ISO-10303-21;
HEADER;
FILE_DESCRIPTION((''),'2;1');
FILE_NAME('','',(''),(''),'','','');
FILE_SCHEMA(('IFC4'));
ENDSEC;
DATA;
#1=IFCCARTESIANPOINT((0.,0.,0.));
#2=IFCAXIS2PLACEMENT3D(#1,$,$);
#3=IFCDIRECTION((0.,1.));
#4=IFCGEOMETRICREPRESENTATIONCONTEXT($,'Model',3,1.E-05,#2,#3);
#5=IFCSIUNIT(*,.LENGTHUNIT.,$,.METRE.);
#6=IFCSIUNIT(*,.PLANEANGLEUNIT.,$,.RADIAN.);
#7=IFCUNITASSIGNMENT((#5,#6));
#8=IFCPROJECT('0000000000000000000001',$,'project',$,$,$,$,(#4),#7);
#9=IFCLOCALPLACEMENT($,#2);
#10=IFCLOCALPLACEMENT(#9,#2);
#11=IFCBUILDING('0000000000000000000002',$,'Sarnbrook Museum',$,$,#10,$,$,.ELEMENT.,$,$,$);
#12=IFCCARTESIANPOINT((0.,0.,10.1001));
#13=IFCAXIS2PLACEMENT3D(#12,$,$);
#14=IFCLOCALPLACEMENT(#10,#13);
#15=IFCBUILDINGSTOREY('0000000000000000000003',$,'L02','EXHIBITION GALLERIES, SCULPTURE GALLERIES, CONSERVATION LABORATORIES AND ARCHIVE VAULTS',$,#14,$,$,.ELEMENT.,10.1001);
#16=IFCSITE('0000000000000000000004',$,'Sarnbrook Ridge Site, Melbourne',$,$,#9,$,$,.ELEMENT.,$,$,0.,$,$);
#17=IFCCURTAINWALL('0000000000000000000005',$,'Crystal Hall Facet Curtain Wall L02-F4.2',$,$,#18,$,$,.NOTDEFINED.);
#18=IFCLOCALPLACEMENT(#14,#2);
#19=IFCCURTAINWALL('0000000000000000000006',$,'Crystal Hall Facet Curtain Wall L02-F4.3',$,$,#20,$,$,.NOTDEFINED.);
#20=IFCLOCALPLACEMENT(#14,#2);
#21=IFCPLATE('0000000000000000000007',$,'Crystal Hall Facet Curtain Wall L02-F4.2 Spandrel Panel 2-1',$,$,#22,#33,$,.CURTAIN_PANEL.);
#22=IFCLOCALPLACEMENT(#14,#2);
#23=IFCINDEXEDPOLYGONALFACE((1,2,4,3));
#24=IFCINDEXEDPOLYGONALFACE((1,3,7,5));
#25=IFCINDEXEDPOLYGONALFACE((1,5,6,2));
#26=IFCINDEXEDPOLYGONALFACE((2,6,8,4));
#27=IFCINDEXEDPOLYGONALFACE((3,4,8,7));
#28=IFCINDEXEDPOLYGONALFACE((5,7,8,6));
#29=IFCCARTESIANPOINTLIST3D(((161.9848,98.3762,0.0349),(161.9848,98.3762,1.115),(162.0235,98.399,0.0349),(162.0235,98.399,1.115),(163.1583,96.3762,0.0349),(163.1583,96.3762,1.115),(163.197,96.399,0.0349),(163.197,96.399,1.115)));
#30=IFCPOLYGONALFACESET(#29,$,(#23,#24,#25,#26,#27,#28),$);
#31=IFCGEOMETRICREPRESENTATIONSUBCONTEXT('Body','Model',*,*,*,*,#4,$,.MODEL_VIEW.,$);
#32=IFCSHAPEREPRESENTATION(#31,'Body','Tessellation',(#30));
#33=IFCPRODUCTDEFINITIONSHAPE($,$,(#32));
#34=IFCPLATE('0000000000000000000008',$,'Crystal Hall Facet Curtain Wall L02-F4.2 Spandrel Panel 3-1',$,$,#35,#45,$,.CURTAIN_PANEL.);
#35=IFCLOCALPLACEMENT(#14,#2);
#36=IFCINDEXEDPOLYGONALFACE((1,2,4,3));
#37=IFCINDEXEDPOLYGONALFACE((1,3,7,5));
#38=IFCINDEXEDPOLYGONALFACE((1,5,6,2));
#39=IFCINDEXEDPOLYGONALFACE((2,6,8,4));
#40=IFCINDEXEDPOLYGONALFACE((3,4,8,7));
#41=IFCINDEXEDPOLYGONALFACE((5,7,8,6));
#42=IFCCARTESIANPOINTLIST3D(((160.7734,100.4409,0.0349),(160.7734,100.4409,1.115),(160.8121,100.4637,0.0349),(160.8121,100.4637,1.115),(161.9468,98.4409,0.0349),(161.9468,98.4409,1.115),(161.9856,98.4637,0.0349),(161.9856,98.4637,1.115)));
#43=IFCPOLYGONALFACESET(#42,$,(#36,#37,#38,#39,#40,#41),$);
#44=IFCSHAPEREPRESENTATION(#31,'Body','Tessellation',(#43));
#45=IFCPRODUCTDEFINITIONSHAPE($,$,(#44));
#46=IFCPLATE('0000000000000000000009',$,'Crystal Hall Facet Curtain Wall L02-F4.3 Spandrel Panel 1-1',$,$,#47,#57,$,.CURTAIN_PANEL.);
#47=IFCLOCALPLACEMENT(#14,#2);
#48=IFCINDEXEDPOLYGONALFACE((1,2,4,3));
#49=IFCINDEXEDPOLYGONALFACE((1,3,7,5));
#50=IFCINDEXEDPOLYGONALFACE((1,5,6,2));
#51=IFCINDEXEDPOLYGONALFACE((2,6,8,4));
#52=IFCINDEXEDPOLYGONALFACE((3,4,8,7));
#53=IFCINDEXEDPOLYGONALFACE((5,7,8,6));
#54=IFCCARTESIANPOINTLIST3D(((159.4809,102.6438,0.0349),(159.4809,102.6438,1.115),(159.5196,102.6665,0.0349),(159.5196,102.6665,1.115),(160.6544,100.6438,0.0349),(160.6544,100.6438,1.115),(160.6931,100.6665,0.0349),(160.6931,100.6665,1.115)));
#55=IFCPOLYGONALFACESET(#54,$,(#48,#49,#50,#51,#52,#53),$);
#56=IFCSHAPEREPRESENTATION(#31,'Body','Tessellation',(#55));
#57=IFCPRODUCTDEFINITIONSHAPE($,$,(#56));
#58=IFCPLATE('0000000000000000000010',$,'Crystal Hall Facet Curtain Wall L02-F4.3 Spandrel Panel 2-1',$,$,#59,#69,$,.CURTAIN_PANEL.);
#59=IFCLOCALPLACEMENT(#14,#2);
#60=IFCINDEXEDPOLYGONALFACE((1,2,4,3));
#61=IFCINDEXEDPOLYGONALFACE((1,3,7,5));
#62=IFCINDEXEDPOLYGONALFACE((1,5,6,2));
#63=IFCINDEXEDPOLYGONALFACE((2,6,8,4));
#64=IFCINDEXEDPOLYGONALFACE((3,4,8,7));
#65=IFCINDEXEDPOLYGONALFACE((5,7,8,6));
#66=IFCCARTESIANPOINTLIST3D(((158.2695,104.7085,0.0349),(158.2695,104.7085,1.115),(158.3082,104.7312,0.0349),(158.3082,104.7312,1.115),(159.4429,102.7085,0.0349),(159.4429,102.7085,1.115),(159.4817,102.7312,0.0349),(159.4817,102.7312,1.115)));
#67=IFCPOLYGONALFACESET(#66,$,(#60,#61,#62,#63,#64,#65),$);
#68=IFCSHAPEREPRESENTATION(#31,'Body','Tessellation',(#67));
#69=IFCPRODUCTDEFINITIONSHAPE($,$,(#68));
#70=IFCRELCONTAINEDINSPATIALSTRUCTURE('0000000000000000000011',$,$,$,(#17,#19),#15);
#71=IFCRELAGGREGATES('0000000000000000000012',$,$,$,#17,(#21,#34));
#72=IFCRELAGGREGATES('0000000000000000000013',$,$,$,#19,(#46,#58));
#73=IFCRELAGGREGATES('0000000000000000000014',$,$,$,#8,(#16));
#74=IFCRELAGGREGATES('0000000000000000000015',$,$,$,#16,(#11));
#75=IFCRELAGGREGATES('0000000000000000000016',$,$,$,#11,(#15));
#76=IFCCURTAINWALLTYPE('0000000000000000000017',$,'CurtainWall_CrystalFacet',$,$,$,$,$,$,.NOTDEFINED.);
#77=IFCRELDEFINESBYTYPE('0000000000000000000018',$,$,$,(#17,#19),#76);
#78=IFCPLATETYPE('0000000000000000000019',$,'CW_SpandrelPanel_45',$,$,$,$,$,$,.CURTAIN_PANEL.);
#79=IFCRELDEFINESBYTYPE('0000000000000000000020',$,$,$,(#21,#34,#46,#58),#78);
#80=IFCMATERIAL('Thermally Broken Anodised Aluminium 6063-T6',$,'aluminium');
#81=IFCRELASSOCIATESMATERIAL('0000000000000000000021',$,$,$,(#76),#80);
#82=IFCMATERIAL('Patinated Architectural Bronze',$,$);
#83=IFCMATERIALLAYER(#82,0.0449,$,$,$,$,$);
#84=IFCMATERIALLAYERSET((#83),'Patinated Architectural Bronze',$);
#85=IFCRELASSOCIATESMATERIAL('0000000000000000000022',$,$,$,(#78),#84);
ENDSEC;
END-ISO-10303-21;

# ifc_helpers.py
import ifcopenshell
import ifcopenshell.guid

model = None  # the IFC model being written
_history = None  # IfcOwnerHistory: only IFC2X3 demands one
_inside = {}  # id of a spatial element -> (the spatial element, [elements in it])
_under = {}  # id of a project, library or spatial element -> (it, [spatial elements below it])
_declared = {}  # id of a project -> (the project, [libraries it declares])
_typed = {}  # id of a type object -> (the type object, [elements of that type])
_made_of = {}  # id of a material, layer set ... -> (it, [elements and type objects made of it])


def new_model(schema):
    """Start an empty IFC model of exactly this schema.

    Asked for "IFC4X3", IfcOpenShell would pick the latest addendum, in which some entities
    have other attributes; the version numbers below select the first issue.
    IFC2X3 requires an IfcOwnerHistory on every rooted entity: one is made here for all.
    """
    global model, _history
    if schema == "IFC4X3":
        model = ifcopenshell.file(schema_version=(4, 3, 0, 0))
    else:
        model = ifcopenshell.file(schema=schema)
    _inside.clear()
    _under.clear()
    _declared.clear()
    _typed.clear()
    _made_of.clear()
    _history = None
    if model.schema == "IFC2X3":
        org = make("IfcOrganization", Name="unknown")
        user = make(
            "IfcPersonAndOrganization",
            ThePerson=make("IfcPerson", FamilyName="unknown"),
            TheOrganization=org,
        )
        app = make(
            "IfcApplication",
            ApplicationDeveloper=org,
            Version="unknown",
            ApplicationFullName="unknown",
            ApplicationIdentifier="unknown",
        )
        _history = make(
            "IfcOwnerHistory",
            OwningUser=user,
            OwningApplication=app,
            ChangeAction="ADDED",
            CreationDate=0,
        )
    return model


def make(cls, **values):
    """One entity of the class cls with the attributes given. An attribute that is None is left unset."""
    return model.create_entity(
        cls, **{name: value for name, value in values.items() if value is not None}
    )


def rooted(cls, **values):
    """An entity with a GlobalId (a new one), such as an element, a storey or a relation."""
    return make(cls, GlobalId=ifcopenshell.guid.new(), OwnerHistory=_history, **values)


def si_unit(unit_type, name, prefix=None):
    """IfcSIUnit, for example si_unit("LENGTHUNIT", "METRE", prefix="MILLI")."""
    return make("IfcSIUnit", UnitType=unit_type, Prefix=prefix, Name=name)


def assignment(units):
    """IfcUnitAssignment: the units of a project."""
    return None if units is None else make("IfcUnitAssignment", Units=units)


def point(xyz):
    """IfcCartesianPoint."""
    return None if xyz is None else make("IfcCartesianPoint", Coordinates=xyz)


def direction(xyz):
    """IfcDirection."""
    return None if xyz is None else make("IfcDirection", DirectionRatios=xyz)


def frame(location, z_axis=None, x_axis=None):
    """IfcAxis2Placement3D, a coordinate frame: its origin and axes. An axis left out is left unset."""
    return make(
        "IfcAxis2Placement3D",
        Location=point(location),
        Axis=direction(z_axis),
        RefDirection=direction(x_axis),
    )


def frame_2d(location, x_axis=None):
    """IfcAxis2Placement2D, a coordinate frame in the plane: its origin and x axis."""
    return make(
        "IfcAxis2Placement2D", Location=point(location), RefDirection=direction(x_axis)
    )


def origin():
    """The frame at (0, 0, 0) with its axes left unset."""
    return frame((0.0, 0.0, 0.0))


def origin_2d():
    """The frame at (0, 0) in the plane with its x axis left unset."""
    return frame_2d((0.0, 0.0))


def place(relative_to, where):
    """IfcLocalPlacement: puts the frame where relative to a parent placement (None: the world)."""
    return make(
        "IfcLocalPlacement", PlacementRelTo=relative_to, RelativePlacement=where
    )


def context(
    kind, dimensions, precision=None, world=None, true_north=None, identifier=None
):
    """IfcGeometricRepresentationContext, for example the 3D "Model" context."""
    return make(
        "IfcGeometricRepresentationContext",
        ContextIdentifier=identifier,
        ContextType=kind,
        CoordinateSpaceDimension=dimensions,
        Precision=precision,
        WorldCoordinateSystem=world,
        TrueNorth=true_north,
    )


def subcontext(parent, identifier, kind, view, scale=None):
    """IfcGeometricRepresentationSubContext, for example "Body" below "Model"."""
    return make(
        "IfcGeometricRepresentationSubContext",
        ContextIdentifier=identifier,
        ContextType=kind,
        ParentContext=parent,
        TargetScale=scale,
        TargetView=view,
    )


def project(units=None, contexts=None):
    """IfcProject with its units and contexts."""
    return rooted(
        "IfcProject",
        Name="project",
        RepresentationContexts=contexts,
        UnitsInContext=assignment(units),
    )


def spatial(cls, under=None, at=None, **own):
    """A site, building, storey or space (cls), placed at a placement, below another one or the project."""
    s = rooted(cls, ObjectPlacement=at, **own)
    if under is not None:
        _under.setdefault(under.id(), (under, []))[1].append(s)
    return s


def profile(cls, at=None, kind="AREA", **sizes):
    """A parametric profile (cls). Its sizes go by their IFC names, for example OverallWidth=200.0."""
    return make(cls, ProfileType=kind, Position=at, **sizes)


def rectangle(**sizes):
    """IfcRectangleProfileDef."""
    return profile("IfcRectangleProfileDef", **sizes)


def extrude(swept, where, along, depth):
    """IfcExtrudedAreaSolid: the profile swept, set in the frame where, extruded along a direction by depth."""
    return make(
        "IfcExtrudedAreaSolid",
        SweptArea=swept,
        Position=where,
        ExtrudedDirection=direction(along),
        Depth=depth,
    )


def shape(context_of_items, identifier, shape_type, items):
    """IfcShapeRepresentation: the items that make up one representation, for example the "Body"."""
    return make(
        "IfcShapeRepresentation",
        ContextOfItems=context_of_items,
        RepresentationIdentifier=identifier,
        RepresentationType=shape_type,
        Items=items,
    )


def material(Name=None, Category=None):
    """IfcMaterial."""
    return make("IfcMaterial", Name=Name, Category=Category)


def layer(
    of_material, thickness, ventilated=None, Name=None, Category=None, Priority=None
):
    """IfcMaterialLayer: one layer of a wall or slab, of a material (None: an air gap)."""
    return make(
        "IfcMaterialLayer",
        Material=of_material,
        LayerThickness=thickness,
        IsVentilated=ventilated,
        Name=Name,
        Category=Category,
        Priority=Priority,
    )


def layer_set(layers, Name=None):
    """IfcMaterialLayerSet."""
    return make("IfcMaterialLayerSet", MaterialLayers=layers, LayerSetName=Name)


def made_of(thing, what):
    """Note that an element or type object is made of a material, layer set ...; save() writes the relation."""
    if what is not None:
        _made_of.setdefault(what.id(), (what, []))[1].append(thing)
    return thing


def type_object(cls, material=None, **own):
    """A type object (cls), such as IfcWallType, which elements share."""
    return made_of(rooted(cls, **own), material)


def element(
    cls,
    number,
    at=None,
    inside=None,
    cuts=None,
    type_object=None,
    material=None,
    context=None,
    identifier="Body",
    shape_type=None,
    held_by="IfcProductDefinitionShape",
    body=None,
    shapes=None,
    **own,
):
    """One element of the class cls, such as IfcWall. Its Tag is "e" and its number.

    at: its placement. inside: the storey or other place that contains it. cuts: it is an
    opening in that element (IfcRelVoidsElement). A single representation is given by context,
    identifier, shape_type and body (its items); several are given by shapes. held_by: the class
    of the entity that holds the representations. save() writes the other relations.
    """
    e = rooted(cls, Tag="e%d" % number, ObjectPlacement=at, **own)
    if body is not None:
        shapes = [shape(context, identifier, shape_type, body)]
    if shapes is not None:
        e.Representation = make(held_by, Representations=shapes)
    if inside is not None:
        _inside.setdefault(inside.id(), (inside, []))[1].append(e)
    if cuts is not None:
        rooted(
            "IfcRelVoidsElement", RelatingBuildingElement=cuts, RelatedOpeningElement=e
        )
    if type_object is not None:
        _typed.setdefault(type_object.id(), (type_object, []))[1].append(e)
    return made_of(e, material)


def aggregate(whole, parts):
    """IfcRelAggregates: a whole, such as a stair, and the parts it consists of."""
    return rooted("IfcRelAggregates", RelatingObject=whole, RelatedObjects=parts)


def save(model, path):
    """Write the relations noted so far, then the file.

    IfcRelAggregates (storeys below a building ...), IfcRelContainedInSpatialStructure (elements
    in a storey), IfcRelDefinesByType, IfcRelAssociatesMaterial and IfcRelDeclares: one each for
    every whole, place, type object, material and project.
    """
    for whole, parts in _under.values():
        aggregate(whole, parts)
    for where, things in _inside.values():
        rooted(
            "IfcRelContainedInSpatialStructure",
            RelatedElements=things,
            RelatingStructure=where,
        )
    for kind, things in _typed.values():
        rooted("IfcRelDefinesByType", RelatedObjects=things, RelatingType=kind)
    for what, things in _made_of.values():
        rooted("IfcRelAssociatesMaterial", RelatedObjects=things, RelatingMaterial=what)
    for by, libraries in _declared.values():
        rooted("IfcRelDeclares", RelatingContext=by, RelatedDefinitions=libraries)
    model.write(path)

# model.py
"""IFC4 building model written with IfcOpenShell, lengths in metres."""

from ifc_helpers import new_model, si_unit, direction, frame, origin, origin_2d, place, context, subcontext, project, spatial, rectangle, extrude, material, layer, layer_set, type_object, element, aggregate, save


model = new_model("IFC4")

# Units and contexts
model_context = context("Model", 3, precision=1e-05, world=origin(), true_north=direction((0.0, 1.0)))
body_context = subcontext(model_context, "Body", "Model", "MODEL_VIEW")
ifc_project = project(units=[si_unit("LENGTHUNIT", "METRE"), si_unit("PLANEANGLEUNIT", "RADIAN")], contexts=[model_context])

# Site, building, storey
site_placement = place(None, origin())
site = spatial("IfcSite", under=ifc_project, at=site_placement, Name="Sarnbrook Ridge Site, Melbourne", CompositionType="ELEMENT", RefElevation=0.0)
building_placement = place(site_placement, origin())
building = spatial("IfcBuilding", under=site, at=building_placement, Name="Sarnbrook Museum", CompositionType="ELEMENT")
storey_placement = place(building_placement, frame((0.0, 0.0, 10.1001)))
storey = spatial("IfcBuildingStorey", under=building, at=storey_placement, Name="L02", Description="EXHIBITION GALLERIES, SCULPTURE GALLERIES, CONSERVATION LABORATORIES AND ARCHIVE VAULTS", CompositionType="ELEMENT", Elevation=10.1001)

# Curtain walls
ifc_material_1 = material(Name="Thermally Broken Anodised Aluminium 6063-T6", Category="aluminium")
curtain_wall_type = type_object("IfcCurtainWallType", Name="CurtainWall_CrystalFacet", PredefinedType="NOTDEFINED", material=ifc_material_1)
curtain_wall_1_placement = place(storey_placement, origin())
curtain_wall_1 = element("IfcCurtainWall", 1, at=curtain_wall_1_placement, inside=storey, type_object=curtain_wall_type, Name="Crystal Hall Facet Curtain Wall L02-F4.2", PredefinedType="NOTDEFINED")
curtain_wall_2_placement = place(storey_placement, origin())
curtain_wall_2 = element("IfcCurtainWall", 2, at=curtain_wall_2_placement, inside=storey, type_object=curtain_wall_type, Name="Crystal Hall Facet Curtain Wall L02-F4.3", PredefinedType="NOTDEFINED")

# Plates
ifc_material_2 = material(Name="Patinated Architectural Bronze")
ifc_layer_1 = layer(ifc_material_2, 0.0449)
ifc_layer_set_1 = layer_set([ifc_layer_1], Name="Patinated Architectural Bronze")
plate_type_1 = type_object("IfcPlateType", Name="CW_SpandrelPanel_45", PredefinedType="CURTAIN_PANEL", material=ifc_layer_set_1)
plate_1_placement = place(storey_placement, frame((162.5715, 97.3762, 0.575), z_axis=(0.862498, 0.506061, 0.0), x_axis=(-0.506061, 0.862498, 0.0)))
plate_1 = element("IfcPlate", 3, at=plate_1_placement, type_object=plate_type_1, Name="Crystal Hall Facet Curtain Wall L02-F4.2 Spandrel Panel 2-1", PredefinedType="CURTAIN_PANEL", context=body_context, shape_type="SweptSolid", body=[
    extrude(rectangle(XDim=2.3188, YDim=1.0801, at=origin_2d()), origin(), (0.0, 0.0, 1.0), 0.0449),
])
plate_2_placement = place(storey_placement, frame((161.3601, 99.4409, 0.575), z_axis=(0.862498, 0.506061, 0.0), x_axis=(-0.506061, 0.862498, 0.0)))
plate_2 = element("IfcPlate", 4, at=plate_2_placement, type_object=plate_type_1, Name="Crystal Hall Facet Curtain Wall L02-F4.2 Spandrel Panel 3-1", PredefinedType="CURTAIN_PANEL", context=body_context, shape_type="SweptSolid", body=[
    extrude(rectangle(XDim=2.3188, YDim=1.0801, at=origin_2d()), origin(), (0.0, 0.0, 1.0), 0.0449),
])
aggregate(curtain_wall_1, [plate_1, plate_2])
plate_3_placement = place(storey_placement, frame((160.0676, 101.6438, 0.575), z_axis=(0.862498, 0.506061, 0.0), x_axis=(-0.506061, 0.862498, 0.0)))
plate_3 = element("IfcPlate", 5, at=plate_3_placement, type_object=plate_type_1, Name="Crystal Hall Facet Curtain Wall L02-F4.3 Spandrel Panel 1-1", PredefinedType="CURTAIN_PANEL", context=body_context, shape_type="SweptSolid", body=[
    extrude(rectangle(XDim=2.3188, YDim=1.0801, at=origin_2d()), origin(), (0.0, 0.0, 1.0), 0.0449),
])
plate_4_placement = place(storey_placement, frame((158.8562, 103.7085, 0.575), z_axis=(0.862498, 0.506061, 0.0), x_axis=(-0.506061, 0.862498, 0.0)))
plate_4 = element("IfcPlate", 6, at=plate_4_placement, type_object=plate_type_1, Name="Crystal Hall Facet Curtain Wall L02-F4.3 Spandrel Panel 2-1", PredefinedType="CURTAIN_PANEL", context=body_context, shape_type="SweptSolid", body=[
    extrude(rectangle(XDim=2.3188, YDim=1.0801, at=origin_2d()), origin(), (0.0, 0.0, 1.0), 0.0449),
])
aggregate(curtain_wall_2, [plate_3, plate_4])

save(model, "model.ifc")
